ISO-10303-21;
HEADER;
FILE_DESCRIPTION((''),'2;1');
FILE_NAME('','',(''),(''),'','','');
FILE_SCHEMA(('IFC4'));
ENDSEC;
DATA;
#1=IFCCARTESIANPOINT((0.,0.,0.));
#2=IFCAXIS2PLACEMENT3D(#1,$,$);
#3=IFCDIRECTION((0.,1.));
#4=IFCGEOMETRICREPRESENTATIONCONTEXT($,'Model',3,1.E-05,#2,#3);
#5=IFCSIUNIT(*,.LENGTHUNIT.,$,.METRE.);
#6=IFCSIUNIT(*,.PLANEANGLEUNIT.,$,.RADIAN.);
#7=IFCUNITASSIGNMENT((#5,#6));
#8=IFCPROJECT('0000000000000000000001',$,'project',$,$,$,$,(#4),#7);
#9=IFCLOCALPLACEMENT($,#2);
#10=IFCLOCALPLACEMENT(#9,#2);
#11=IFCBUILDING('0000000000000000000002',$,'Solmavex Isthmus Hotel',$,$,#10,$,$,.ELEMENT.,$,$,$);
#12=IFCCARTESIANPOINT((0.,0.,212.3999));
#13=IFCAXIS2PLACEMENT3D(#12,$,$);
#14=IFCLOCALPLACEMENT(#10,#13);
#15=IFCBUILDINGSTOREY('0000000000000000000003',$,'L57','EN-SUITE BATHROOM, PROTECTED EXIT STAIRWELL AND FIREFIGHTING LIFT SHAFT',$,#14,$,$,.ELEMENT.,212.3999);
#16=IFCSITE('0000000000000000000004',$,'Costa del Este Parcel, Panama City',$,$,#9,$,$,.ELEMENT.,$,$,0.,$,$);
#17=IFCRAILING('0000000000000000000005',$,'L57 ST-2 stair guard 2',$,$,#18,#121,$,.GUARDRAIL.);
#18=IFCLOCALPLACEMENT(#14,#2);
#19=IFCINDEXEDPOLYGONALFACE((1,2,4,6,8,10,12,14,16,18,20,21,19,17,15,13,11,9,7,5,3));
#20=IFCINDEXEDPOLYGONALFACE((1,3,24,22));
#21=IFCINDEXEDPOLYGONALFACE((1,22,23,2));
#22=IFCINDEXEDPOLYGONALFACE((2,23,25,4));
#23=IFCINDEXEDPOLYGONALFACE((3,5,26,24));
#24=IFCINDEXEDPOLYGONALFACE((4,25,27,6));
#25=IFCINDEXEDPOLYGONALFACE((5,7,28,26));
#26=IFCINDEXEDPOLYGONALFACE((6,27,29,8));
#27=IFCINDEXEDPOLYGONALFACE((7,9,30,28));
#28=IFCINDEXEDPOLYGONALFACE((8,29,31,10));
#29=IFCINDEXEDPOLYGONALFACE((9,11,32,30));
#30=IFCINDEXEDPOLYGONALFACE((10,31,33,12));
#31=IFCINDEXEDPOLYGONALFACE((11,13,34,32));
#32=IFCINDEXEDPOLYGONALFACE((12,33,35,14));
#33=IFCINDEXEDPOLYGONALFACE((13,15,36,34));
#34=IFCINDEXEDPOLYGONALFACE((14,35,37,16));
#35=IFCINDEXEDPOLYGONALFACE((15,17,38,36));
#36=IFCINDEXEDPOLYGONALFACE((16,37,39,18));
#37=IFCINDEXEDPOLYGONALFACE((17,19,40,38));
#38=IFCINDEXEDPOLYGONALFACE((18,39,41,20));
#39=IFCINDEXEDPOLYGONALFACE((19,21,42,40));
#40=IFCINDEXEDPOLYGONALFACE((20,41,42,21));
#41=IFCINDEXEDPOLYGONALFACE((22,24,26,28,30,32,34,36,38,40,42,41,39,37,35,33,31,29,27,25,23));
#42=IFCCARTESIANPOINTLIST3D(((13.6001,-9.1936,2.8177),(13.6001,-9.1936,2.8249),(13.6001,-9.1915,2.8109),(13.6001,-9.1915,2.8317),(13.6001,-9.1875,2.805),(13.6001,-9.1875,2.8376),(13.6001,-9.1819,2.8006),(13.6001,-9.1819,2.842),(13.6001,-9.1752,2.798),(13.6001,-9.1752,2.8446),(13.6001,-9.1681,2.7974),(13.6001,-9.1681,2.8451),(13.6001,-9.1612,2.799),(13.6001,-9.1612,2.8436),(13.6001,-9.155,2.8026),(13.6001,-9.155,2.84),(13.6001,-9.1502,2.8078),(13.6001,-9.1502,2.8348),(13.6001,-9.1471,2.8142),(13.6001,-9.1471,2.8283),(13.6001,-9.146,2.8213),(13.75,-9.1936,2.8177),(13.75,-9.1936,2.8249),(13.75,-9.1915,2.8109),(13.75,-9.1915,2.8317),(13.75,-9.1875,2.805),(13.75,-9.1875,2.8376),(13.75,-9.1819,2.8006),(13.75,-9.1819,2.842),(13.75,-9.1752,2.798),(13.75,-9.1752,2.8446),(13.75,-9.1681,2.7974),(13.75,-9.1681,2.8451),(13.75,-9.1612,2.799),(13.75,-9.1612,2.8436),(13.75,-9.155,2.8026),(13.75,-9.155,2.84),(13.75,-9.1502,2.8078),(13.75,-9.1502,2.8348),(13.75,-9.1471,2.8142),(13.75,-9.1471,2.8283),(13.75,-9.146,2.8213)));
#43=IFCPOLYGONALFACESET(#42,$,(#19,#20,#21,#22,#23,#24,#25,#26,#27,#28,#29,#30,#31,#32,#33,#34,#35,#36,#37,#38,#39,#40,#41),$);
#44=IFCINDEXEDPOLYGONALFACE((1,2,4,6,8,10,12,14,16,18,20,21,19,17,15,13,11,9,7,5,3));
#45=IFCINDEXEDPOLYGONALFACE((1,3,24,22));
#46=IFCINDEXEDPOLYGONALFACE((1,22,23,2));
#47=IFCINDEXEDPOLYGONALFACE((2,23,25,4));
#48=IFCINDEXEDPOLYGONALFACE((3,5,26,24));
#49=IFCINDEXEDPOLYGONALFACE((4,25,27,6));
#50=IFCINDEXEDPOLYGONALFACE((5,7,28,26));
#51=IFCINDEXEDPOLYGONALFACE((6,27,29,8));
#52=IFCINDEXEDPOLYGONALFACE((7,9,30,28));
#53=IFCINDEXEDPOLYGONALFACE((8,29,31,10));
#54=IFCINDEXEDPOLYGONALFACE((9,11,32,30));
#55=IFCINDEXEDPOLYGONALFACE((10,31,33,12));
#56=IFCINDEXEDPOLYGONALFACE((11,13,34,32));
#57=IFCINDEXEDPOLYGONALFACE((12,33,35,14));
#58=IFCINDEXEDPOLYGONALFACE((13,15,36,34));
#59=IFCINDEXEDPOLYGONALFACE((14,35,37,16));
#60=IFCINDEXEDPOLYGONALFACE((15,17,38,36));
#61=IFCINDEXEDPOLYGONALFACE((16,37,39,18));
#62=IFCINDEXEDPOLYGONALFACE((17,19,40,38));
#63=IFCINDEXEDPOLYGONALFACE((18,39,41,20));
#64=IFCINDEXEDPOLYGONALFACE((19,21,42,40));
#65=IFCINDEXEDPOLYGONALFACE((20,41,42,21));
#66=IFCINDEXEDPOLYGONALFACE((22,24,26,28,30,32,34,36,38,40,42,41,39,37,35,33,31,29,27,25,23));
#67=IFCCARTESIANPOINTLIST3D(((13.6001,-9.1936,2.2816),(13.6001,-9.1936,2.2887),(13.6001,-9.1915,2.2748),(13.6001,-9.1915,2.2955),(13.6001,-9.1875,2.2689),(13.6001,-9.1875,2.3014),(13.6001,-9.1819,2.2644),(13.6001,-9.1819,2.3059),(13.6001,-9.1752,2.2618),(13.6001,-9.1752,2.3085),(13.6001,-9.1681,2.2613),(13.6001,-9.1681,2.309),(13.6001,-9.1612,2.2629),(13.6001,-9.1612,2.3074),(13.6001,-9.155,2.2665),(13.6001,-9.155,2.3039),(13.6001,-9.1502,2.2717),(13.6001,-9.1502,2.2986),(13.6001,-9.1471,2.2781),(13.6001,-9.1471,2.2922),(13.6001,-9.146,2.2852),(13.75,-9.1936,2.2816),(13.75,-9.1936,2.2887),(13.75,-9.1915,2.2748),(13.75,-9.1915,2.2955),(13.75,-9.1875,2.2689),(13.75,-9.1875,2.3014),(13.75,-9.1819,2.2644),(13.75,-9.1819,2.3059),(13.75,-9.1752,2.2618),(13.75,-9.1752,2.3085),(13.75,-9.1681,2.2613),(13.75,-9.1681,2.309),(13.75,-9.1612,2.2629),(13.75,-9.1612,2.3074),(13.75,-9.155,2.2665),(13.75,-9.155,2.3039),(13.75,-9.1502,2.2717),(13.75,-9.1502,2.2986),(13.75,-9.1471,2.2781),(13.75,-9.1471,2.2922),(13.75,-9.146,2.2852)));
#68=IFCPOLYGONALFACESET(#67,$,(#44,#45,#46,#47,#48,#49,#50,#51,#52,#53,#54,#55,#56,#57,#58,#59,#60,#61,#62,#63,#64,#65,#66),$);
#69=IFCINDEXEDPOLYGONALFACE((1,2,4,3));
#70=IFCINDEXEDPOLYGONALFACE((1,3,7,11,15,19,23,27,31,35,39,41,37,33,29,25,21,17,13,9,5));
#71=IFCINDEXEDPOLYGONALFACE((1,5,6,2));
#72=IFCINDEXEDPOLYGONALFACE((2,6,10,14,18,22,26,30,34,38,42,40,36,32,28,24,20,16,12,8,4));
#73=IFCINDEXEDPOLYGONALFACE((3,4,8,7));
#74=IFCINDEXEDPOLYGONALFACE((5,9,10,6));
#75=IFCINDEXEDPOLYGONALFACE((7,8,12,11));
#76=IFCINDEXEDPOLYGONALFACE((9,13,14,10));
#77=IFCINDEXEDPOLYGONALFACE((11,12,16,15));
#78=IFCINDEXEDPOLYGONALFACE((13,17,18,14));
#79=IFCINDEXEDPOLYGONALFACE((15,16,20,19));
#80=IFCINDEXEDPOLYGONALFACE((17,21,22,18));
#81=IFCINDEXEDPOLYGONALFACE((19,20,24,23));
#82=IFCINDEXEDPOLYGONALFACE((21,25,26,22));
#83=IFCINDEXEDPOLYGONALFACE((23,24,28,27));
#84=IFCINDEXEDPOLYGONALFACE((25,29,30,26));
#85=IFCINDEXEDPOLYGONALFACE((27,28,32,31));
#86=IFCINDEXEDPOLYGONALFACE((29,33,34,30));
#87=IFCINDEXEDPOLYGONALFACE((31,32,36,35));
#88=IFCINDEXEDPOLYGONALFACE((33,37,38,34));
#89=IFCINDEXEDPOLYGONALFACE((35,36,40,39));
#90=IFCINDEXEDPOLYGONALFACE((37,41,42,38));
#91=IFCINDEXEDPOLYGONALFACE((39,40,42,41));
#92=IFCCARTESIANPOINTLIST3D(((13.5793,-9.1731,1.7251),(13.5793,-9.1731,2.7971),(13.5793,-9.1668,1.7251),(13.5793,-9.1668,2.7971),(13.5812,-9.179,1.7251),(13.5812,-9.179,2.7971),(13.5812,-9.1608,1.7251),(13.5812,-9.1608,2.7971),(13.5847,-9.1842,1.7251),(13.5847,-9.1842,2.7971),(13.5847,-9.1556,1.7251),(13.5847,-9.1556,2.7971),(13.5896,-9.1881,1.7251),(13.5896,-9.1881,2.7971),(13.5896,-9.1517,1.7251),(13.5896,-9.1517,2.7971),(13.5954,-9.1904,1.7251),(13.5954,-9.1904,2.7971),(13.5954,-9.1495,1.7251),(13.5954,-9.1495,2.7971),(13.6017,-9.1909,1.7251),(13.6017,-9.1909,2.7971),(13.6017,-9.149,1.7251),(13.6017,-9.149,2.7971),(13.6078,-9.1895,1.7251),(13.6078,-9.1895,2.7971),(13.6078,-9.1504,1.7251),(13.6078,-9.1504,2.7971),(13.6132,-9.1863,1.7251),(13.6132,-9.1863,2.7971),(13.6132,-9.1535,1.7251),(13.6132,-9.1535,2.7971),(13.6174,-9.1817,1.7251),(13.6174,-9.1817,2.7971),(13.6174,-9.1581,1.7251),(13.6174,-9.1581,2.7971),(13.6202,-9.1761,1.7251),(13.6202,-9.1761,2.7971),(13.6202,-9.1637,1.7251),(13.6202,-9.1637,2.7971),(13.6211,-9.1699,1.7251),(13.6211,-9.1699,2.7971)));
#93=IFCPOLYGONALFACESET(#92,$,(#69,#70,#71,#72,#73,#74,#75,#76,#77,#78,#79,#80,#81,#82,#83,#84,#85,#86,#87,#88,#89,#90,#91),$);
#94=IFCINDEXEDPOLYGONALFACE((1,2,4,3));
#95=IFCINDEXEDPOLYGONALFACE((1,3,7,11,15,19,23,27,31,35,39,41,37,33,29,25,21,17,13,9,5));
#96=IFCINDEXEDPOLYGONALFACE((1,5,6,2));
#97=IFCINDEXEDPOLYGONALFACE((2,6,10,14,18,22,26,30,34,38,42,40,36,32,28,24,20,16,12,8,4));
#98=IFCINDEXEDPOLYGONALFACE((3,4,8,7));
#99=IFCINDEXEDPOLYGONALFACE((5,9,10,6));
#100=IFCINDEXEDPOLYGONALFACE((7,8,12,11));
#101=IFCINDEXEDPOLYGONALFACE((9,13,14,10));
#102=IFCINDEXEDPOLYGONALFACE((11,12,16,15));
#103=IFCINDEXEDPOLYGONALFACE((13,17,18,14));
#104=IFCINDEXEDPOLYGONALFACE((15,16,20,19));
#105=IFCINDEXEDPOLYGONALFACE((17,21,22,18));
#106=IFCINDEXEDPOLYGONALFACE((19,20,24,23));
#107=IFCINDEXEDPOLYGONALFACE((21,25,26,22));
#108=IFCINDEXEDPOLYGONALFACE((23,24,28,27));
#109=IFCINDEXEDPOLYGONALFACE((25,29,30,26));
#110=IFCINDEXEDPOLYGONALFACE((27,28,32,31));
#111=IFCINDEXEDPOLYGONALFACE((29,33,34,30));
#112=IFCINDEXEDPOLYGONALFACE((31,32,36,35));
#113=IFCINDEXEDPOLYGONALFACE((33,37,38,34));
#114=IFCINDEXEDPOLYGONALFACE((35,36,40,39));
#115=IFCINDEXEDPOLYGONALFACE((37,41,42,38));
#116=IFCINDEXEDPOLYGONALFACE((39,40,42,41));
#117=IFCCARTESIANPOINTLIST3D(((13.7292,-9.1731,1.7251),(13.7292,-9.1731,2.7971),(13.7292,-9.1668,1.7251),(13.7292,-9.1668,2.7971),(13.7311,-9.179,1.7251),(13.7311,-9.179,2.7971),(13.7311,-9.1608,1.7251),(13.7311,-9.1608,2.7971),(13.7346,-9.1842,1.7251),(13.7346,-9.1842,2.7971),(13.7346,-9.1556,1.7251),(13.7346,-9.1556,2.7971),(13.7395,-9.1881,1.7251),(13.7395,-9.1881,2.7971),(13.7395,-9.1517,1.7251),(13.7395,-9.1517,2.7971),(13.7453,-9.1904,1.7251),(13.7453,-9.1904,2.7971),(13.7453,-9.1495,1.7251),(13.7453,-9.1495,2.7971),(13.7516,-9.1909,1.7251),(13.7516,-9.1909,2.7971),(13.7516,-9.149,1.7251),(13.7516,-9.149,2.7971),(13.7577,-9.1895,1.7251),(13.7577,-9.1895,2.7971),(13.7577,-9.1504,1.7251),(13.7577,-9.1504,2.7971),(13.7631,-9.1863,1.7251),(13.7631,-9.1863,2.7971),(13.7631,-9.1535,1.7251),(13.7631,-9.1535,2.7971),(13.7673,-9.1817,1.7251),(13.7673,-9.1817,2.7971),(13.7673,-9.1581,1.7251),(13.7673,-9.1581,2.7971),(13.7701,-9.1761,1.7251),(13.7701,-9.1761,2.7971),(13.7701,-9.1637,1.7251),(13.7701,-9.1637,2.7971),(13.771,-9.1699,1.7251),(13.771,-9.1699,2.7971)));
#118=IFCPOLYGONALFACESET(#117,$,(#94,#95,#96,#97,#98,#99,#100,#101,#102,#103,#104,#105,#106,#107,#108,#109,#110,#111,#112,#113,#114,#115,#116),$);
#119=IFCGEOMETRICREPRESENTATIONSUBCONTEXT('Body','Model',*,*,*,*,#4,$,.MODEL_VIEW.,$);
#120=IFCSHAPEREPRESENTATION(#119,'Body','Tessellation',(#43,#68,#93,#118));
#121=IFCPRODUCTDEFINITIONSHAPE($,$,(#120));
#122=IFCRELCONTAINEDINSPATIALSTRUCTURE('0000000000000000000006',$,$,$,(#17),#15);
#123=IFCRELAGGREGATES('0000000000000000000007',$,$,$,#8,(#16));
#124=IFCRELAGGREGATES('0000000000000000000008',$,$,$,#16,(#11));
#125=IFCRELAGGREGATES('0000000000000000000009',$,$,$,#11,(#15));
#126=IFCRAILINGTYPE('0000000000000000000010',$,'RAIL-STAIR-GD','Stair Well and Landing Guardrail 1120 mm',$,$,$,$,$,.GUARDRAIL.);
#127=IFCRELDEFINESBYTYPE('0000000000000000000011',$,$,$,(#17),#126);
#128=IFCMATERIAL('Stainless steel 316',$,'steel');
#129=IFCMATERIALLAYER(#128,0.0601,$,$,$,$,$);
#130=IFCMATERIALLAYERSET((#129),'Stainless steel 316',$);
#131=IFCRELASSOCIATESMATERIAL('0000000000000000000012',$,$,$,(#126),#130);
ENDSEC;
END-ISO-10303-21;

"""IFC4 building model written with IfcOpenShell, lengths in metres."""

from ifc_helpers import new_model, si_unit, direction, frame, origin, origin_2d, place, context, subcontext, project, spatial, circle, extrude, material, layer, layer_set, type_object, element, save


model = new_model("IFC4")

# Units and contexts
model_context = context("Model", 3, precision=1e-05, world=origin(), true_north=direction((0.0, 1.0)))
body_context = subcontext(model_context, "Body", "Model", "MODEL_VIEW")
ifc_project = project(units=[si_unit("LENGTHUNIT", "METRE"), si_unit("PLANEANGLEUNIT", "RADIAN")], contexts=[model_context])

# Site, building, storey
site_placement = place(None, origin())
site = spatial("IfcSite", under=ifc_project, at=site_placement, Name="Costa del Este Parcel, Panama City", CompositionType="ELEMENT", RefElevation=0.0)
building_placement = place(site_placement, origin())
building = spatial("IfcBuilding", under=site, at=building_placement, Name="Solmavex Isthmus Hotel", CompositionType="ELEMENT")
storey_placement = place(building_placement, frame((0.0, 0.0, 212.3999)))
storey = spatial("IfcBuildingStorey", under=building, at=storey_placement, Name="L57", Description="EN-SUITE BATHROOM, PROTECTED EXIT STAIRWELL AND FIREFIGHTING LIFT SHAFT", CompositionType="ELEMENT", Elevation=212.3999)

# Railing
ifc_material_1 = material(Name="Stainless steel 316", Category="steel")
ifc_layer_1 = layer(ifc_material_1, 0.0601)
ifc_layer_set_1 = layer_set([ifc_layer_1], Name="Stainless steel 316")
railing_type_1 = type_object("IfcRailingType", Name="RAIL-STAIR-GD", Description="Stair Well and Landing Guardrail 1120 mm", PredefinedType="GUARDRAIL", material=ifc_layer_set_1)
railing_1_placement = place(storey_placement, frame((13.6001, -9.1699, 1.7251)))
element("IfcRailing", 1, at=railing_1_placement, inside=storey, type_object=railing_type_1, Name="L57 ST-2 stair guard 2", PredefinedType="GUARDRAIL", context=body_context, shape_type="SweptSolid", body=[
    extrude(circle(Radius=0.0239, at=origin_2d()), frame((0.0, 0.0, 1.0962), z_axis=(1.0, 0.0, 0.0), x_axis=(0.0, 1.0, 0.0)), (0.0, 0.0, 1.0), 0.1499),
    extrude(circle(Radius=0.0239, at=origin_2d()), frame((0.0, 0.0, 0.5601), z_axis=(1.0, 0.0, 0.0), x_axis=(0.0, 1.0, 0.0)), (0.0, 0.0, 1.0), 0.1499),
    extrude(circle(Radius=0.021, at=origin_2d()), origin(), (0.0, 0.0, 1.0), 1.072),
    extrude(circle(Radius=0.021, at=origin_2d()), frame((0.1499, 0.0, 0.0)), (0.0, 0.0, 1.0), 1.072),
])

save(model, "model.ifc")
